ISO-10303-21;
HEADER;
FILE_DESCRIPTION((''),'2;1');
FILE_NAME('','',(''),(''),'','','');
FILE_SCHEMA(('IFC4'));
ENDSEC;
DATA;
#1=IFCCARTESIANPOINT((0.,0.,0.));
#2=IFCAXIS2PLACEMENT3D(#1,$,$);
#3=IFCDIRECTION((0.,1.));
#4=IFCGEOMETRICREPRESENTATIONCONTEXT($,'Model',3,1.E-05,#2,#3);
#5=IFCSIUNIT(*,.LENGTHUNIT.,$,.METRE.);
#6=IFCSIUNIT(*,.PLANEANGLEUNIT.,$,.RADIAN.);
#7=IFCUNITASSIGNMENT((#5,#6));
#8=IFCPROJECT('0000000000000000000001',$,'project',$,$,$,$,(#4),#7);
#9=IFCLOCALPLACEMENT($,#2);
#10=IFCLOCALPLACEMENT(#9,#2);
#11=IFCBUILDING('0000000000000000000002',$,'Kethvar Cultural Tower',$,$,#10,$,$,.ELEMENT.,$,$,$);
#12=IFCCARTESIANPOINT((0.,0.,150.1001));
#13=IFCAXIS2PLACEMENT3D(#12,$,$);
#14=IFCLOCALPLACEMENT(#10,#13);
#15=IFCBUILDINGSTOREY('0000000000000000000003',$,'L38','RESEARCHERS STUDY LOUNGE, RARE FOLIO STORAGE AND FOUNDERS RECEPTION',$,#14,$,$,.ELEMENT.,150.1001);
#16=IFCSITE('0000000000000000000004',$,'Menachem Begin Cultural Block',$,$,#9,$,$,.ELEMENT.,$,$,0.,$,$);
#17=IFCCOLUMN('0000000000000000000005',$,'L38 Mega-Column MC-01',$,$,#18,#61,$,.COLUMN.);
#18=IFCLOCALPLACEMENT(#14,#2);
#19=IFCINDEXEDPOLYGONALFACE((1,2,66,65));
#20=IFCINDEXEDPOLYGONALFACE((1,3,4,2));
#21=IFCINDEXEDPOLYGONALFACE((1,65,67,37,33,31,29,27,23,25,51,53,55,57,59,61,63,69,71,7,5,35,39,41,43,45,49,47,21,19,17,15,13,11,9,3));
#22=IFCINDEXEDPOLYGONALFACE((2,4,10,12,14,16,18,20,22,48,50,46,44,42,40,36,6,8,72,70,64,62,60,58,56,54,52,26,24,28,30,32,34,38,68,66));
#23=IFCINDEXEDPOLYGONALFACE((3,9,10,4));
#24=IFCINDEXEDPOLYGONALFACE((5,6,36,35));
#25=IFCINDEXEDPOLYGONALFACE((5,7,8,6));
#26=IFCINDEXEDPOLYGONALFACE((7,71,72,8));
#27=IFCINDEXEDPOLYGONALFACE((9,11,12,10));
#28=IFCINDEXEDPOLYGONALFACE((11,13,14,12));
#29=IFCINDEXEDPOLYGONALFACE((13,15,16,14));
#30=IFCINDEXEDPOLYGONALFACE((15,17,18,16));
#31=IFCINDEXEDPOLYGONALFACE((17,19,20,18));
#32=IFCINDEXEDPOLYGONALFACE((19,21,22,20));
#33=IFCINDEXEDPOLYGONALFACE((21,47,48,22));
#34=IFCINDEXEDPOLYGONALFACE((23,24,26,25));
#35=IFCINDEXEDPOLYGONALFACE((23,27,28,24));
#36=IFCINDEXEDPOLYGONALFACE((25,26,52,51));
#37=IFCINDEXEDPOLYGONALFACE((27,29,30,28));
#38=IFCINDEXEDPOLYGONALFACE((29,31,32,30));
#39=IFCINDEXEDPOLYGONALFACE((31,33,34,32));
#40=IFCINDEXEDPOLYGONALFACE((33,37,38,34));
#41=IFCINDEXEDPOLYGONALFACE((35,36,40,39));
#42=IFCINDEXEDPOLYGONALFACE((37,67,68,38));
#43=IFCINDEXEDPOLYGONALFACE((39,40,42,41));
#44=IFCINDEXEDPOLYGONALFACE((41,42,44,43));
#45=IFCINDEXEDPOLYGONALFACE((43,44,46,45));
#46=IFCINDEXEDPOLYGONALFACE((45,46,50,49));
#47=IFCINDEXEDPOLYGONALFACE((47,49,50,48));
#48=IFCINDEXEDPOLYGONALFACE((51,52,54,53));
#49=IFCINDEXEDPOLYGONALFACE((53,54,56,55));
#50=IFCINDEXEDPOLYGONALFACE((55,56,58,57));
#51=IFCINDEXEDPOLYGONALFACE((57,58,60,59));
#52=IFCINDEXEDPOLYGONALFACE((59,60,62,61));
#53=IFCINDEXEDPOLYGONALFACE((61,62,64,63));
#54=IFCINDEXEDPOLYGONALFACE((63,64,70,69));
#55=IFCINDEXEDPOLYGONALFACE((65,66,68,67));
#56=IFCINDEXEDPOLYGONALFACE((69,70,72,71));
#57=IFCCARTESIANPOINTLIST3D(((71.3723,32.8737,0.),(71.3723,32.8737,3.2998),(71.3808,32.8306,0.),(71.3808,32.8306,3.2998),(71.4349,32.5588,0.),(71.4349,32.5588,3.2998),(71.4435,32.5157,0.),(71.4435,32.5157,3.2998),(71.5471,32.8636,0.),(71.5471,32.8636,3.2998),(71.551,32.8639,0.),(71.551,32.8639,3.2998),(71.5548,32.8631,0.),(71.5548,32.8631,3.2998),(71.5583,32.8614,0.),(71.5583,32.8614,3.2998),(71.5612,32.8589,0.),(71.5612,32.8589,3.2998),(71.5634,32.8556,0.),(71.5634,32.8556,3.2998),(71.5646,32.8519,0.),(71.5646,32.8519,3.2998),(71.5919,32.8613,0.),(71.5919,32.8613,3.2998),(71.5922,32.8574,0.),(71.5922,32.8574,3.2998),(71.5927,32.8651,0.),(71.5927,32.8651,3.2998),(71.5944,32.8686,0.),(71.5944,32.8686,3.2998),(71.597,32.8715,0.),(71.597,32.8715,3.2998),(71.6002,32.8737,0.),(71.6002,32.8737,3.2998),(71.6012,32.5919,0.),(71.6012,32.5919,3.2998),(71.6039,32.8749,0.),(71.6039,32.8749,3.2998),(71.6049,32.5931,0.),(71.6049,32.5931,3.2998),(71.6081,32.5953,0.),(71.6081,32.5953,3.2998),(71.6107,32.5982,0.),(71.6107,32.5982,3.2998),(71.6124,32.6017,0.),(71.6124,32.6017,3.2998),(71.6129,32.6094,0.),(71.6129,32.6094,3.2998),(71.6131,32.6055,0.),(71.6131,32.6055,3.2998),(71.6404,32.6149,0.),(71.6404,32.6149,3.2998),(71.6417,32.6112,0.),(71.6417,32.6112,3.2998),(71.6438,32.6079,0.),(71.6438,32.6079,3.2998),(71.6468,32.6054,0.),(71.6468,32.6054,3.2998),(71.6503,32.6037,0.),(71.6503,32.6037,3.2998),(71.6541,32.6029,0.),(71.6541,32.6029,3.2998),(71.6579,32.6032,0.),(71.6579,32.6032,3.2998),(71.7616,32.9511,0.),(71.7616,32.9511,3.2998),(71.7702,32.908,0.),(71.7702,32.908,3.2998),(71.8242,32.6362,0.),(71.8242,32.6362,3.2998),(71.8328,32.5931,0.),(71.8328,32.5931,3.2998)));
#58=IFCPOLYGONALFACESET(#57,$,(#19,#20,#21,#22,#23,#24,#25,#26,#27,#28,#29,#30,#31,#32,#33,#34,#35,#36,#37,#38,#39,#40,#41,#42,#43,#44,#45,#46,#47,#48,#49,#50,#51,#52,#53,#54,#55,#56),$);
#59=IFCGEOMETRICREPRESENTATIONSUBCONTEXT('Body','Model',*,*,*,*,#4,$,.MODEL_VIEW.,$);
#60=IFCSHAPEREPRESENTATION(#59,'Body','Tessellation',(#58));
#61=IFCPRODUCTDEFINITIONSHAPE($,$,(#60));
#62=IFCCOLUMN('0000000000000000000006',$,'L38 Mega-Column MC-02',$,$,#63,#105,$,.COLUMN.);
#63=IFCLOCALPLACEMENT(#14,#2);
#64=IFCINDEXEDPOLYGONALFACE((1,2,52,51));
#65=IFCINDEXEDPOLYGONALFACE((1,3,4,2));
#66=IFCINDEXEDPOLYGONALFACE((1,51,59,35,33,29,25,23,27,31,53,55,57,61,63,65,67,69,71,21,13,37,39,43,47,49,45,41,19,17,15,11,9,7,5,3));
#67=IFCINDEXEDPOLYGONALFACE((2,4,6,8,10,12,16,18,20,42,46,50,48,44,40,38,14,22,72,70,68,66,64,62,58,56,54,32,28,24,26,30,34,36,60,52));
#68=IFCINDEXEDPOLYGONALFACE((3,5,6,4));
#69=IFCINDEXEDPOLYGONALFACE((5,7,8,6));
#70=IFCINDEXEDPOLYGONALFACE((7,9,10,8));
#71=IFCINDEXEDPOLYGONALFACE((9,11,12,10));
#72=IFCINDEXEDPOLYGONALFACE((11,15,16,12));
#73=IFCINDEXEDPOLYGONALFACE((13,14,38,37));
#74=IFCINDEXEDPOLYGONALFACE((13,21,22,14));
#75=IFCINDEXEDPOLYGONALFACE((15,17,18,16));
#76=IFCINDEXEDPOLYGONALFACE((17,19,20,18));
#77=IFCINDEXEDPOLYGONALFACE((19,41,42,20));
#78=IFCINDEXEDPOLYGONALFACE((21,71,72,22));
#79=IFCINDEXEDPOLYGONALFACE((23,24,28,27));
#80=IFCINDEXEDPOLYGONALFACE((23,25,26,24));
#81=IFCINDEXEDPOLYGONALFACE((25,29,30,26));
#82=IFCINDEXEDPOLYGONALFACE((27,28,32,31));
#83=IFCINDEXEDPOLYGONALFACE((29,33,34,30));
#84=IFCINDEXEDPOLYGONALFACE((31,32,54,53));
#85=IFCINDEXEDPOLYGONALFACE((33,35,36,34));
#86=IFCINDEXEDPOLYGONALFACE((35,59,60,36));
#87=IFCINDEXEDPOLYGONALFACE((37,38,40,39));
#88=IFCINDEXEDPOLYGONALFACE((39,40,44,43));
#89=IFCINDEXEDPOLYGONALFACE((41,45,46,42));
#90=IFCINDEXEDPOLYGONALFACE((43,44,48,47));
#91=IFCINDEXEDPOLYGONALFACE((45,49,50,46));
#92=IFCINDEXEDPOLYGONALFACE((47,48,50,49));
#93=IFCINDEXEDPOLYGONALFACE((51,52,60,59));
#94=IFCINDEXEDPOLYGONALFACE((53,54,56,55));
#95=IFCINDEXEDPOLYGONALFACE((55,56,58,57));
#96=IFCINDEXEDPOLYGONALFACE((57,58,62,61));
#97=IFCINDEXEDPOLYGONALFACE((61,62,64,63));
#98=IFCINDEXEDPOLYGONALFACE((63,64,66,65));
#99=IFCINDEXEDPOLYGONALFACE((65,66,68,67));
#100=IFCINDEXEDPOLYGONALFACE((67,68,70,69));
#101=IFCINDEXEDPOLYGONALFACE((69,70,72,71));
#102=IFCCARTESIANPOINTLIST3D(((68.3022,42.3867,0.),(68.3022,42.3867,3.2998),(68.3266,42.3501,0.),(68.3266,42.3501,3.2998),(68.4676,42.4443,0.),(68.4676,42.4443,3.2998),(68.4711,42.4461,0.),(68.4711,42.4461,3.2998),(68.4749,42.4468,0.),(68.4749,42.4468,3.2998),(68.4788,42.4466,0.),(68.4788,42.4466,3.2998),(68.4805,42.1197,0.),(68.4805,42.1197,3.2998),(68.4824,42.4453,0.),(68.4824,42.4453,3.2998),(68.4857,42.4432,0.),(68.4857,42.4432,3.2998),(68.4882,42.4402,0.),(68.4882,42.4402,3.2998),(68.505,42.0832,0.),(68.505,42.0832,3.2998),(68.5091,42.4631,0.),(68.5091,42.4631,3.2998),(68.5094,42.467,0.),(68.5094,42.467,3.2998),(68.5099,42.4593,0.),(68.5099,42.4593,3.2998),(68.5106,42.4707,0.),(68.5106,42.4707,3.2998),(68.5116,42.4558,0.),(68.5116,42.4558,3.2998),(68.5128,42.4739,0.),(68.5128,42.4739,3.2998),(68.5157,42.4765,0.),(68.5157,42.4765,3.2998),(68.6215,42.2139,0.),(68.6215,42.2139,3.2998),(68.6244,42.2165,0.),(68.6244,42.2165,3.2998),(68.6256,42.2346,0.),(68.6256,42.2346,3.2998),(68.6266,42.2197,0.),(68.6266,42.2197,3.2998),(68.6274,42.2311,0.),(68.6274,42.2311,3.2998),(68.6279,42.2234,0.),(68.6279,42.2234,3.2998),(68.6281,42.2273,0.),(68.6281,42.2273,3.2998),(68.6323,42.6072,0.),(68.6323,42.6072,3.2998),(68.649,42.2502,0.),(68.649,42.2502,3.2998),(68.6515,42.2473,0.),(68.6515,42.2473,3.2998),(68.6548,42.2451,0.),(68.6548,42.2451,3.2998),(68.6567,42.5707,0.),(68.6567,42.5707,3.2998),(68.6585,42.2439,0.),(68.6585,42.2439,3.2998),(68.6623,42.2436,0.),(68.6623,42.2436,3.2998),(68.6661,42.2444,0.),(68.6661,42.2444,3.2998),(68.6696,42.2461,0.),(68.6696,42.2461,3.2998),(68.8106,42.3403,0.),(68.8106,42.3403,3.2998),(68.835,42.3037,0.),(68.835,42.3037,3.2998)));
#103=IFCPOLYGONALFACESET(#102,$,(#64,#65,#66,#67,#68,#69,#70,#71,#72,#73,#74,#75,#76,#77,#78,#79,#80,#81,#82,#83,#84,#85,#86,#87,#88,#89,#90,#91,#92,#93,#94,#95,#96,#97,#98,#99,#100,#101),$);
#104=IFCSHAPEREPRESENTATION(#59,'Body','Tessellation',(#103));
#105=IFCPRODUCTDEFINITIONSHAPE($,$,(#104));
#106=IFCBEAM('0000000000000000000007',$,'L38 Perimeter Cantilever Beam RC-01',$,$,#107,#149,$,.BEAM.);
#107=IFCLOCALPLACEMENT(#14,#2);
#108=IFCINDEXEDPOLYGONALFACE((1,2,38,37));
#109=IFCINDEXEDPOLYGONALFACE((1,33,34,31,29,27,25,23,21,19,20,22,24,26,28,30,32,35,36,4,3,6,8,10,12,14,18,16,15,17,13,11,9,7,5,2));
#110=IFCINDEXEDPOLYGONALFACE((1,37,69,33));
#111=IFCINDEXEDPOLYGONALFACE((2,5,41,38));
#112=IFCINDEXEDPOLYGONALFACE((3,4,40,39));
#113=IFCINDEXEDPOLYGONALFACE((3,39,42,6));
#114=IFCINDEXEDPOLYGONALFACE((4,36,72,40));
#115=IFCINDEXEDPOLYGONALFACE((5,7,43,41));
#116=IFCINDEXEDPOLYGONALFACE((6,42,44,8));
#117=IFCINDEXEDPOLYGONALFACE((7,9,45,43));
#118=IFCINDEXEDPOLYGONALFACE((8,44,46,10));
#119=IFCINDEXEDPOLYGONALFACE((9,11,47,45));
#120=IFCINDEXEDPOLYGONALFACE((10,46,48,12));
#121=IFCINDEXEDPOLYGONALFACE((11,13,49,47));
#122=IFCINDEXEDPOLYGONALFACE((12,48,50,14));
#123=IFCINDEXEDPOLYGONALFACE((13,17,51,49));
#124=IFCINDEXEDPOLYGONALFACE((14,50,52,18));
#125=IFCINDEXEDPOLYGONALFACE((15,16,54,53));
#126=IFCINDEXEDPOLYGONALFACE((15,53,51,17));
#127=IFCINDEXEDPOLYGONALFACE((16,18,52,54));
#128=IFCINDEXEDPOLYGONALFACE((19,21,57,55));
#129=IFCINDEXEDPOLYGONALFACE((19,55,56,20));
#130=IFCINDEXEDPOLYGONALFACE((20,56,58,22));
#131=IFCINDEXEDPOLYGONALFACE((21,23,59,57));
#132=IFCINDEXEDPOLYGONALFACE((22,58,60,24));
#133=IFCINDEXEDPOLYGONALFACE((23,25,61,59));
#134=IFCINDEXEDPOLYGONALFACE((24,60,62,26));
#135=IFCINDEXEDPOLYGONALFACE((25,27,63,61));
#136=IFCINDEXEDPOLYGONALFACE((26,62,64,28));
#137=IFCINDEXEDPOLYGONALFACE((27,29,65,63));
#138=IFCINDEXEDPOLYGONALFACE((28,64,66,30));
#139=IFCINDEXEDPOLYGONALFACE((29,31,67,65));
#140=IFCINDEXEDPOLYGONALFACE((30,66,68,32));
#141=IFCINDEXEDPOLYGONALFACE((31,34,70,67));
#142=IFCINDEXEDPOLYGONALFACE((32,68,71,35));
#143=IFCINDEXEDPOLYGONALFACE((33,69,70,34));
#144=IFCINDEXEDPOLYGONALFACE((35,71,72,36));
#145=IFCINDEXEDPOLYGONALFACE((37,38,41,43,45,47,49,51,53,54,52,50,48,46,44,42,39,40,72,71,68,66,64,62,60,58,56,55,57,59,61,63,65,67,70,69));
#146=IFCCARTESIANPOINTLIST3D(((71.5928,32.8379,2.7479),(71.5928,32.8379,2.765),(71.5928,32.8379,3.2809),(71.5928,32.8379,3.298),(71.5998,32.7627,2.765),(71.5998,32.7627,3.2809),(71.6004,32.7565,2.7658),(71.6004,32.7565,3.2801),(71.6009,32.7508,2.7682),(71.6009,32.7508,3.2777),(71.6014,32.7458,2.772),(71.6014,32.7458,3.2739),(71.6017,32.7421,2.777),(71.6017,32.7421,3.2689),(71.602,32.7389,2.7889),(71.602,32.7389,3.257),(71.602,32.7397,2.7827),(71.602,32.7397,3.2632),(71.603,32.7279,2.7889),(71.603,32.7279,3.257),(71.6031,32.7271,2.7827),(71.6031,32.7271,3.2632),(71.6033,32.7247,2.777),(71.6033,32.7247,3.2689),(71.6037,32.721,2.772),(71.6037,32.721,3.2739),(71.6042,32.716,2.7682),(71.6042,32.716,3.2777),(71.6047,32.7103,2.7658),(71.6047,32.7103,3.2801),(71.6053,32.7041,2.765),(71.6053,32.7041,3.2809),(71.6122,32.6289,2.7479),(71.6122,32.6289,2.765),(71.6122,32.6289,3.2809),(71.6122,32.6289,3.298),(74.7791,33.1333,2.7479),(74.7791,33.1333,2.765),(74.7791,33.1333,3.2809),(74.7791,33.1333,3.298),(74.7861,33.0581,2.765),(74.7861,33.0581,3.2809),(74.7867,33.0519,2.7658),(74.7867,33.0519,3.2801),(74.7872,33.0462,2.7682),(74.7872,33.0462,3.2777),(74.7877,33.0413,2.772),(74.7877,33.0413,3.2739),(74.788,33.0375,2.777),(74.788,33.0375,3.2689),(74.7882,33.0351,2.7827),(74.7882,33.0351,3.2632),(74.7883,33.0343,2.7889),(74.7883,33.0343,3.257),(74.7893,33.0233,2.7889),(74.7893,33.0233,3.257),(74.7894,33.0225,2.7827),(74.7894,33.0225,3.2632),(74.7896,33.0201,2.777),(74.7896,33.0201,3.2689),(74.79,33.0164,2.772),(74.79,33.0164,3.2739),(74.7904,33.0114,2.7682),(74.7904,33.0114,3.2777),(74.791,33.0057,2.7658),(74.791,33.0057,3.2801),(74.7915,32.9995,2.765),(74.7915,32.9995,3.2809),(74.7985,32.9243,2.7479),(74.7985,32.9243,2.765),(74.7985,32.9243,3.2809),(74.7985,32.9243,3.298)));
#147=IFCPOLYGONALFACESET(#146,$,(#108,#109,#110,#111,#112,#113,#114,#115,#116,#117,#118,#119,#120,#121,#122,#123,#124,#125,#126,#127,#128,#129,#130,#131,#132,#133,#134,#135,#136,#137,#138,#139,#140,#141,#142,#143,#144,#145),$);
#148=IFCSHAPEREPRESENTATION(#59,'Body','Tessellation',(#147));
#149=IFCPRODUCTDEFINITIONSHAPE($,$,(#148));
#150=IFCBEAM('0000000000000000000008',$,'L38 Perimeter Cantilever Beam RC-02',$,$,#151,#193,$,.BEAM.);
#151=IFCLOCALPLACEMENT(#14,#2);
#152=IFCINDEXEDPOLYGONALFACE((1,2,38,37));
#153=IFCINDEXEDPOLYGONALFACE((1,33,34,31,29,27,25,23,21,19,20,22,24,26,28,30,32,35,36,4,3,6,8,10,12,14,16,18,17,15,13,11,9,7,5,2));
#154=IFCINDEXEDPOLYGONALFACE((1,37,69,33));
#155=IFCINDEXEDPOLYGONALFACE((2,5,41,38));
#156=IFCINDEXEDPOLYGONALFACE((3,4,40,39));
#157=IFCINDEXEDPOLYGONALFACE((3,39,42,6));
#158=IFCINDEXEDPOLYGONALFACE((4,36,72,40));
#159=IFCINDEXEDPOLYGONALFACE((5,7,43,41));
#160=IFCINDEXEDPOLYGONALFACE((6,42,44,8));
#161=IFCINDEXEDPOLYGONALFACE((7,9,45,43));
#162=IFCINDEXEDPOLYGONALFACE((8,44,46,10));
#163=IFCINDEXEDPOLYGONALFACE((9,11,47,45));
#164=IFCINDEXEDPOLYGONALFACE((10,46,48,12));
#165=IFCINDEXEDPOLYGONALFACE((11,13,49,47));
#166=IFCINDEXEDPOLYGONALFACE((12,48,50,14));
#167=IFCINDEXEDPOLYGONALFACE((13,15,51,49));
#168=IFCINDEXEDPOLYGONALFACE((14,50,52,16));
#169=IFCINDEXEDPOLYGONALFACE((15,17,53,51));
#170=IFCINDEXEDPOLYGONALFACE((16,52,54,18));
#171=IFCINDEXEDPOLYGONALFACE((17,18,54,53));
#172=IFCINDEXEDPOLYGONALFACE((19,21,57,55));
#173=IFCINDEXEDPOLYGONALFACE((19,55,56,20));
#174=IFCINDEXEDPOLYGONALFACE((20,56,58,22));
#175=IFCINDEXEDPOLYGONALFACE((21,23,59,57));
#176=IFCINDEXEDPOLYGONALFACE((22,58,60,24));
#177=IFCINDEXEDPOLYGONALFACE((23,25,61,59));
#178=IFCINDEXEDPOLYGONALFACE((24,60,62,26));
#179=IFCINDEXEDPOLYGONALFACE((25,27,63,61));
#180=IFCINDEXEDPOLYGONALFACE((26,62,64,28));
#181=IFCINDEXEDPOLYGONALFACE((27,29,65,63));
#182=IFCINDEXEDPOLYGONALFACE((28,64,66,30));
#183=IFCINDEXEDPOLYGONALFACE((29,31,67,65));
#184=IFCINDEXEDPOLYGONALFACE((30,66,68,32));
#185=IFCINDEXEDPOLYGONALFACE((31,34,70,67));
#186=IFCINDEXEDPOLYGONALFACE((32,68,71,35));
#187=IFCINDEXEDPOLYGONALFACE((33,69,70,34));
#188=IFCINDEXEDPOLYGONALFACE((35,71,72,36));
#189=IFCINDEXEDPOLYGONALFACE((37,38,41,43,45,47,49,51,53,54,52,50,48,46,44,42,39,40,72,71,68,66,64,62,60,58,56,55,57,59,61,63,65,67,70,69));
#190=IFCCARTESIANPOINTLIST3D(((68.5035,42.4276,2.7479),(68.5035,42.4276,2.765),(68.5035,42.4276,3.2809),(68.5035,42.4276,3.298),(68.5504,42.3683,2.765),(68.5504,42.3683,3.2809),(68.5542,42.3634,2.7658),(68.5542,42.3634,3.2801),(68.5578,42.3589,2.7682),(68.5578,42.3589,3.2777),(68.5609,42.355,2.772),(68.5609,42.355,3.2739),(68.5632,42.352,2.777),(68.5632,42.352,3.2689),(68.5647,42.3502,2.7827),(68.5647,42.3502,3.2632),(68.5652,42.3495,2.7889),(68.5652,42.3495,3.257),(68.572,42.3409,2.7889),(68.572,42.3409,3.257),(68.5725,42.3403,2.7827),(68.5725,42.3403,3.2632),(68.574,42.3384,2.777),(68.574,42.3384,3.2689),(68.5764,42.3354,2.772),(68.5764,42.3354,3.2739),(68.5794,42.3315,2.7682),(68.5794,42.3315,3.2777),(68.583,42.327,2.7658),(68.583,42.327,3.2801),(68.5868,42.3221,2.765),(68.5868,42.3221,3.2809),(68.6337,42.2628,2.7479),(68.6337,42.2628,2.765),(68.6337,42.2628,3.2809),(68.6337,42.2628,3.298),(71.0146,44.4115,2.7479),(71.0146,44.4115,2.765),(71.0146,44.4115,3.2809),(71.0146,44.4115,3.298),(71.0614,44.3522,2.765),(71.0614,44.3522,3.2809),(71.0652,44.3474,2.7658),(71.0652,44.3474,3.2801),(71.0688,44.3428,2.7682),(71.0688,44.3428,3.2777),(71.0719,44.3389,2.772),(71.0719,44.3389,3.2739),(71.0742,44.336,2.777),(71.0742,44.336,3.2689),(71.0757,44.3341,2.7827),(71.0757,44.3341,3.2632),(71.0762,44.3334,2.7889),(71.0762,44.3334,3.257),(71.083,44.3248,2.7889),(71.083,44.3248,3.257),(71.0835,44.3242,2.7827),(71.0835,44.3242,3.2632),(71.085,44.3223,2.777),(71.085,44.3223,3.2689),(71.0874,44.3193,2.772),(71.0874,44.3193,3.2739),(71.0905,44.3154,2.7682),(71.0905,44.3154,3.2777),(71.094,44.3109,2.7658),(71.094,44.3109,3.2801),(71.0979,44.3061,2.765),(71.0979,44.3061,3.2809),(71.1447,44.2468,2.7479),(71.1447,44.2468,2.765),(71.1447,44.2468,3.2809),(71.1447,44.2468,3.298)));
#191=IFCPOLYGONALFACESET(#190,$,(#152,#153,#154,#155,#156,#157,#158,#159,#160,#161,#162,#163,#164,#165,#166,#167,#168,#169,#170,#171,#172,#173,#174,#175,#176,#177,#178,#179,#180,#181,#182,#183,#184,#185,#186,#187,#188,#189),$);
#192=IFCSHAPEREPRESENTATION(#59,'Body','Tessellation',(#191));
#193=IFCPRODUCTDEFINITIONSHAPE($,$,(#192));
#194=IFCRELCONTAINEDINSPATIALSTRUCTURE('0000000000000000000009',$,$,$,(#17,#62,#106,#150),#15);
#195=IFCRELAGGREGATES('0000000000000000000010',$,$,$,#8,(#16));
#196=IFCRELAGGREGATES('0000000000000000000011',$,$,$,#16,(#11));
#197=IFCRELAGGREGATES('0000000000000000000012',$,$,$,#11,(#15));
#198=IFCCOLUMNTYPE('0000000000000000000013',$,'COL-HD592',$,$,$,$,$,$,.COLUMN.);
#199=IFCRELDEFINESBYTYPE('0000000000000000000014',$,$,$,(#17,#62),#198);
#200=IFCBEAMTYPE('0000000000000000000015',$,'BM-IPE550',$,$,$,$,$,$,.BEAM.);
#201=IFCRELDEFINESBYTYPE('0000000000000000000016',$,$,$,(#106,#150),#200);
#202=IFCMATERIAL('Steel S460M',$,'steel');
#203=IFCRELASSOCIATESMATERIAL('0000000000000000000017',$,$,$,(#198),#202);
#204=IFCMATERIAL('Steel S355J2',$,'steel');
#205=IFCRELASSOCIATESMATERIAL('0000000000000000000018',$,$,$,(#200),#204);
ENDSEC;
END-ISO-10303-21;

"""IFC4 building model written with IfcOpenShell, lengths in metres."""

from ifc_helpers import new_model, si_unit, direction, frame, origin, origin_2d, place, context, subcontext, project, spatial, i_section, extrude, source, transform, mapped, material, material_profile, profile_set, type_object, element, save


model = new_model("IFC4")

# Units and contexts
model_context = context("Model", 3, precision=1e-05, world=origin(), true_north=direction((0.0, 1.0)))
body_context = subcontext(model_context, "Body", "Model", "MODEL_VIEW")
ifc_project = project(units=[si_unit("LENGTHUNIT", "METRE"), si_unit("PLANEANGLEUNIT", "RADIAN")], contexts=[model_context])

# Site, building, storey
site_placement = place(None, origin())
site = spatial("IfcSite", under=ifc_project, at=site_placement, Name="Menachem Begin Cultural Block", CompositionType="ELEMENT", RefElevation=0.0)
building_placement = place(site_placement, origin())
building = spatial("IfcBuilding", under=site, at=building_placement, Name="Kethvar Cultural Tower", CompositionType="ELEMENT")
storey_placement = place(building_placement, frame((0.0, 0.0, 150.1001)))
storey = spatial("IfcBuildingStorey", under=building, at=storey_placement, Name="L38", Description="RESEARCHERS STUDY LOUNGE, RARE FOLIO STORAGE AND FOUNDERS RECEPTION", CompositionType="ELEMENT", Elevation=150.1001)

# Columns
ifc_material_1 = material(Name="Steel S460M", Category="steel")
ifc_material_profile_1 = material_profile(ifc_material_1, i_section(OverallWidth=0.397, OverallDepth=0.365, WebThickness=0.0281, FlangeThickness=0.0439, FilletRadius=0.0149, at=origin_2d()), Name="Steel S460M — HD400x592")
ifc_profile_set_1 = profile_set([ifc_material_profile_1], Name="Steel S460M — HD400x592")
column_type = type_object("IfcColumnType", Name="COL-HD592", PredefinedType="COLUMN", material=ifc_profile_set_1)
shared_shape_1 = source(origin(), body_context, "Body", "SweptSolid", [
    extrude(i_section(OverallWidth=0.397, OverallDepth=0.365, WebThickness=0.0281, FlangeThickness=0.0439, FilletRadius=0.0149, at=origin_2d()), origin(), (0.0, 0.0, 1.0), 3.2998),
])
for number, where, z_axis, x_axis, name in (
    (1, (71.6025, 32.7334, 0.0), (0.0, 0.0, 1.0), (0.980785, 0.19509, 0.0), "L38 Mega-Column MC-01"),
    (2, (68.5686, 42.3452, 0.0), (0.0, 0.0, 1.0), (0.83147, 0.55557, 0.0), "L38 Mega-Column MC-02"),
):
    element("IfcColumn", number, at=place(storey_placement, frame(where, z_axis=z_axis, x_axis=x_axis)), inside=storey, type_object=column_type, Name=name, PredefinedType="COLUMN", context=body_context, shape_type="MappedRepresentation", body=[
        mapped(shared_shape_1, transform((0.0, 0.0, 0.0), scale=1.0)),
    ])

# Beams
ifc_material_2 = material(Name="Steel S355J2", Category="steel")
ifc_material_profile_2 = material_profile(ifc_material_2, i_section(OverallWidth=0.21, OverallDepth=0.55, WebThickness=0.011, FlangeThickness=0.0171, FilletRadius=0.0239, at=origin_2d()), Name="Steel S355J2 — IPE550")
ifc_profile_set_2 = profile_set([ifc_material_profile_2], Name="Steel S355J2 — IPE550")
beam_type_1 = type_object("IfcBeamType", Name="BM-IPE550", PredefinedType="BEAM", material=ifc_profile_set_2)
shared_shape_2 = source(origin(), body_context, "Body", "SweptSolid", [
    extrude(i_section(OverallWidth=0.21, OverallDepth=0.55, WebThickness=0.011, FlangeThickness=0.0171, FilletRadius=0.0239, at=origin_2d()), origin(), (0.0, 0.0, 1.0), 3.2),
])
beam_1_placement = place(storey_placement, frame((71.6025, 32.7334, 3.0229), z_axis=(0.99573, 0.092317, 0.0), x_axis=(-0.092317, 0.99573, 0.0)))
element("IfcBeam", 3, at=beam_1_placement, inside=storey, type_object=beam_type_1, Name="L38 Perimeter Cantilever Beam RC-01", PredefinedType="BEAM", context=body_context, shape_type="MappedRepresentation", body=[
    mapped(shared_shape_2, transform((0.0, 0.0, 0.0), scale=1.0)),
])
shared_shape_3 = source(origin(), body_context, "Body", "SweptSolid", [
    extrude(i_section(OverallWidth=0.21, OverallDepth=0.55, WebThickness=0.011, FlangeThickness=0.0171, FilletRadius=0.0239, at=origin_2d()), origin(), (0.0, 0.0, 1.0), 3.2002),
])
beam_2_placement = place(storey_placement, frame((68.5686, 42.3452, 3.0229), z_axis=(0.78465, 0.619939, 0.0), x_axis=(-0.619939, 0.78465, 0.0)))
element("IfcBeam", 4, at=beam_2_placement, inside=storey, type_object=beam_type_1, Name="L38 Perimeter Cantilever Beam RC-02", PredefinedType="BEAM", context=body_context, shape_type="MappedRepresentation", body=[
    mapped(shared_shape_3, transform((0.0, 0.0, 0.0), scale=1.0)),
])

save(model, "model.ifc")
